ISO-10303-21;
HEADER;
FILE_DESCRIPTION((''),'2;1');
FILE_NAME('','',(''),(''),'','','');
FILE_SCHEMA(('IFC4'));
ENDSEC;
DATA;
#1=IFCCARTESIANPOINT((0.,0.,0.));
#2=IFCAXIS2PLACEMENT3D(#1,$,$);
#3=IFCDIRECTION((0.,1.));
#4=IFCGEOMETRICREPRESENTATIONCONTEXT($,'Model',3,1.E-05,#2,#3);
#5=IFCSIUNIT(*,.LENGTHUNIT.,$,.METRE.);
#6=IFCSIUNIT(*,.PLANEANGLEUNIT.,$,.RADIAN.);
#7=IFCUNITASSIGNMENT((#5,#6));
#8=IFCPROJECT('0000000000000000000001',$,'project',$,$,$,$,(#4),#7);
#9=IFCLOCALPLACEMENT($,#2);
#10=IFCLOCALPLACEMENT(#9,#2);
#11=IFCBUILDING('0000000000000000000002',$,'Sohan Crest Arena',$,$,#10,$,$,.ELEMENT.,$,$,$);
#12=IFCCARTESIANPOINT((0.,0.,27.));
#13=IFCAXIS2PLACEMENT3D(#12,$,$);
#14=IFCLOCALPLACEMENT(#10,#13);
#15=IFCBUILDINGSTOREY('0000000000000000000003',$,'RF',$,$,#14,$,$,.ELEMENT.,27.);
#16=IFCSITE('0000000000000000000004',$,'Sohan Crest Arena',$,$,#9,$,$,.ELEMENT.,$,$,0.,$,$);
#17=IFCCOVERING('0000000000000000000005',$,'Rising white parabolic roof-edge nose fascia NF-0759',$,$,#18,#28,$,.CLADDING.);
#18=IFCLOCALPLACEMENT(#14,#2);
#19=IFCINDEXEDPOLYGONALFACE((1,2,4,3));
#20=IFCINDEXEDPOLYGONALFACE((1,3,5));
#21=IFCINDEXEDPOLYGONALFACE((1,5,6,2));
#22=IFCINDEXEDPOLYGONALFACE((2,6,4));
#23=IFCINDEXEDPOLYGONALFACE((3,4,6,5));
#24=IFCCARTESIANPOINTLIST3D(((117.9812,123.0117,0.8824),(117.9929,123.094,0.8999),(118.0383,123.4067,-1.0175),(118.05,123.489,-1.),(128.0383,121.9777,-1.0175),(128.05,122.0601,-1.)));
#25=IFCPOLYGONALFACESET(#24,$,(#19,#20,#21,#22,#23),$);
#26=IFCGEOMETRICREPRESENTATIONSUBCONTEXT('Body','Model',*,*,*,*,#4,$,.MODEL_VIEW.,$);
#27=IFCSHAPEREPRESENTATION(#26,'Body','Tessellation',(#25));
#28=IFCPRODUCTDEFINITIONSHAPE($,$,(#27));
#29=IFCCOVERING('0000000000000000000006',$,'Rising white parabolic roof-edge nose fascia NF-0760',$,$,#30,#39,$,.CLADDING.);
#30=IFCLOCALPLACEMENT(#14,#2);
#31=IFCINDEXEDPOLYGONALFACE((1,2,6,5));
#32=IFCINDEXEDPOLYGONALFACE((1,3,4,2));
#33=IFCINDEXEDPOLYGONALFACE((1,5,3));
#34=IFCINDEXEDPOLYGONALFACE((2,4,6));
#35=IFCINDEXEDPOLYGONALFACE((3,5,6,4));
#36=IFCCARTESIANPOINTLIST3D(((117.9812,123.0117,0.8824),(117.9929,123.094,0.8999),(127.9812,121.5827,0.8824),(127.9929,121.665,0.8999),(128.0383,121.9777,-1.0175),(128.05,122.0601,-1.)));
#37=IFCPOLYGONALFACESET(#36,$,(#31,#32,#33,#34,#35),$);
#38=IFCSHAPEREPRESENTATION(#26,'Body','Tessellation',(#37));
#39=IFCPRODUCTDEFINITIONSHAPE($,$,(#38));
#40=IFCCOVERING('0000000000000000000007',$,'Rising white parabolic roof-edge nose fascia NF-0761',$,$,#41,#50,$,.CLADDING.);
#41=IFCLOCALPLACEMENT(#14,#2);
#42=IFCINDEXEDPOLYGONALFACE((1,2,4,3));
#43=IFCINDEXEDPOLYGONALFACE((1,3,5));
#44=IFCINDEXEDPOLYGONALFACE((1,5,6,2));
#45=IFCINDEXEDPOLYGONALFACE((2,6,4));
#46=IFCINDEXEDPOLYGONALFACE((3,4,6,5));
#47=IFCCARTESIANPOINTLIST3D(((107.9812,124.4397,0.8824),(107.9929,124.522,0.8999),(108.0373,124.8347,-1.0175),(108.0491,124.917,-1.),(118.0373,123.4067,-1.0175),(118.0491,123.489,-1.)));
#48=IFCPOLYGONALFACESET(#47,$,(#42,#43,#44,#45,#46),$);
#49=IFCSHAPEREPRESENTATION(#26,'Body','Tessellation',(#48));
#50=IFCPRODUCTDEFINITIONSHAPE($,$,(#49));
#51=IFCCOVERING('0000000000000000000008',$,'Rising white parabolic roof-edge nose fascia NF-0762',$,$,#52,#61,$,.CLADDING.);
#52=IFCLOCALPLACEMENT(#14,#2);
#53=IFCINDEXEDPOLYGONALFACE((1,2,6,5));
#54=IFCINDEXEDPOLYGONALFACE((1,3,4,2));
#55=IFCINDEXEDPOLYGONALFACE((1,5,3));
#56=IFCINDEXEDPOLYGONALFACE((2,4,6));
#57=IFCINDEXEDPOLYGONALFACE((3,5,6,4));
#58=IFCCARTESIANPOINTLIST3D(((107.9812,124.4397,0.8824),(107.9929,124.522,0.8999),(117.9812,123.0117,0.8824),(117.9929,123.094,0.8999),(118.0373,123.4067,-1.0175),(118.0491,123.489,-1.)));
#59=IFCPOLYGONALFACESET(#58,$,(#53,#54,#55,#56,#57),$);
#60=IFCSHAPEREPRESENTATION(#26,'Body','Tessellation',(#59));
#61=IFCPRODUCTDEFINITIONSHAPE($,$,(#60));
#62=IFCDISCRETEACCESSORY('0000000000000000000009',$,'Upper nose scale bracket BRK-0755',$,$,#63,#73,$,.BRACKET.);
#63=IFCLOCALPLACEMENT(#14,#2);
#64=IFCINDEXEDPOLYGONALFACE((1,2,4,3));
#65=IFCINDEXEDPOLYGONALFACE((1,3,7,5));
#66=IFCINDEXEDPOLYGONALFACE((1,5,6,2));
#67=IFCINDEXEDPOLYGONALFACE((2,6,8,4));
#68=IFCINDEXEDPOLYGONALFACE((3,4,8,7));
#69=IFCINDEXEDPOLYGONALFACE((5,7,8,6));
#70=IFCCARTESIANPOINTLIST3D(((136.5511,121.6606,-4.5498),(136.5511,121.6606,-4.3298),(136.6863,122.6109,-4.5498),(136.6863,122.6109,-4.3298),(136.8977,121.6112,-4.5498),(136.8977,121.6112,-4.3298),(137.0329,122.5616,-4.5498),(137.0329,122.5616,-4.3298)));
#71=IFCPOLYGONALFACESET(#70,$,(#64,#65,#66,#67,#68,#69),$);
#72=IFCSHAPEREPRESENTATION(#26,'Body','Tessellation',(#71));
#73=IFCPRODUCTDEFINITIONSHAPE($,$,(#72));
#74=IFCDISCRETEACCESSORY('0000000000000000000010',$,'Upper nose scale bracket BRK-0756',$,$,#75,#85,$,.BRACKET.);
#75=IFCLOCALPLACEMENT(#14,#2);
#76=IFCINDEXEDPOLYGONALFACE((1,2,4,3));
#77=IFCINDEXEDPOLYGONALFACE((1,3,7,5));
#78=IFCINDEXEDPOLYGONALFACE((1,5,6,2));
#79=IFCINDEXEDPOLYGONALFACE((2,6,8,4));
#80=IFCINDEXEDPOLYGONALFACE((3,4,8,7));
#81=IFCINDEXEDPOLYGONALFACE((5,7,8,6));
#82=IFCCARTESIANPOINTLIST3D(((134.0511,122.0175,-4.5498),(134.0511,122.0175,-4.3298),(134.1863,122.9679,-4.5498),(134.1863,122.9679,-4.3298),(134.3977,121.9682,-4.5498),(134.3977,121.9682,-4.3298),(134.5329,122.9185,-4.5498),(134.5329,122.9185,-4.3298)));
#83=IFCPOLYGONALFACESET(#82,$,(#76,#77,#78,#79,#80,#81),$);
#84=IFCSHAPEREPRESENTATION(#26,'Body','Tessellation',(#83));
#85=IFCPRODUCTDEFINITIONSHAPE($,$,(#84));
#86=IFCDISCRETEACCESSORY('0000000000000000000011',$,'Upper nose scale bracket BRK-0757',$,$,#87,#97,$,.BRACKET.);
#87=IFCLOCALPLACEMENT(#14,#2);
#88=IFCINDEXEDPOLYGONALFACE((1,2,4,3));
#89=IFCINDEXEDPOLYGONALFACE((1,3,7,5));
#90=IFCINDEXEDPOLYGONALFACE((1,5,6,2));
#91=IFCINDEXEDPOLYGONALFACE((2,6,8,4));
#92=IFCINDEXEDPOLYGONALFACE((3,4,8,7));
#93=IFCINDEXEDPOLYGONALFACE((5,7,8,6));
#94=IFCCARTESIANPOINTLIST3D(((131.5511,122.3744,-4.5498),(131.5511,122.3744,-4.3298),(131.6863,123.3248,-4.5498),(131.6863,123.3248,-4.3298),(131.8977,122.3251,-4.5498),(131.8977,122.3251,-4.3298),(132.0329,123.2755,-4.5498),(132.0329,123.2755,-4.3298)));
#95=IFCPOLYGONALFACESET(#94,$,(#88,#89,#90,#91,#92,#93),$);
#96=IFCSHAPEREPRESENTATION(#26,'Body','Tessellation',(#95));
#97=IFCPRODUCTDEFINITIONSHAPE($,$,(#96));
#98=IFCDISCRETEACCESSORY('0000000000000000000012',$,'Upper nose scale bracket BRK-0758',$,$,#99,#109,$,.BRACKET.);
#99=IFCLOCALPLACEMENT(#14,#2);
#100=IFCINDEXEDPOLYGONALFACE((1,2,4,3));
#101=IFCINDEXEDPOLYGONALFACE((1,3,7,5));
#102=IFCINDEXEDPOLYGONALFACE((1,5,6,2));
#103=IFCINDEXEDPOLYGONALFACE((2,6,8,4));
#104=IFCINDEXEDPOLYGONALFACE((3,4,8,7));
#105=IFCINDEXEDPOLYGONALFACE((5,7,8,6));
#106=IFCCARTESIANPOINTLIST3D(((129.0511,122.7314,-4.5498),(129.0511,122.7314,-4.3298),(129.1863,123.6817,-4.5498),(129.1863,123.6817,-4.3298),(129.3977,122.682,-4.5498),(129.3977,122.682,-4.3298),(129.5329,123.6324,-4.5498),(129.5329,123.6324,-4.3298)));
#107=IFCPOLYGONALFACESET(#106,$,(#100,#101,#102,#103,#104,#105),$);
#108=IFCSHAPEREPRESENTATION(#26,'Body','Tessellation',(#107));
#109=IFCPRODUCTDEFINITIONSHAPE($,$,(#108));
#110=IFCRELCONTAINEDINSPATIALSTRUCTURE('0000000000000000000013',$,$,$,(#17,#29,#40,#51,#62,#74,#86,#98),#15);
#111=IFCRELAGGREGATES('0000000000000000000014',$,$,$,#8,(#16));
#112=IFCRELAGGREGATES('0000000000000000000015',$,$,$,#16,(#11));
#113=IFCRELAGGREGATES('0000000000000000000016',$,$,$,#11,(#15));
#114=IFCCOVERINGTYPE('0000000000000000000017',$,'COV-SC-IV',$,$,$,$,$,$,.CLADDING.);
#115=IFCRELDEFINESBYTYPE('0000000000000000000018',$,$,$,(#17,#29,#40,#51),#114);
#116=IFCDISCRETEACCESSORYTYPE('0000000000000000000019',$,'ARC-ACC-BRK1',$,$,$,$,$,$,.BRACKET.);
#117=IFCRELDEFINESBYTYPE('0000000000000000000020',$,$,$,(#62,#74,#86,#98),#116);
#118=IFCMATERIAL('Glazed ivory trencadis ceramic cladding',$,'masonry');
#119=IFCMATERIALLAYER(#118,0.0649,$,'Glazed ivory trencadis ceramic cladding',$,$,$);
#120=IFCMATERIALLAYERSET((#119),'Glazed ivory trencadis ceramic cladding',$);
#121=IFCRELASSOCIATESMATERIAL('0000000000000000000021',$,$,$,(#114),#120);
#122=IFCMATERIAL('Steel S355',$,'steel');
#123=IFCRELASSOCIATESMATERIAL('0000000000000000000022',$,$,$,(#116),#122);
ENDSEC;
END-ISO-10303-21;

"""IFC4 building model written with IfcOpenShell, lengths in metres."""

from ifc_helpers import new_model, si_unit, direction, frame, origin, origin_2d, place, context, subcontext, project, spatial, polyline, rectangle, outline, extrude, material, layer, layer_set, type_object, element, save


model = new_model("IFC4")

# Units and contexts
model_context = context("Model", 3, precision=1e-05, world=origin(), true_north=direction((0.0, 1.0)))
body_context = subcontext(model_context, "Body", "Model", "MODEL_VIEW")
ifc_project = project(units=[si_unit("LENGTHUNIT", "METRE"), si_unit("PLANEANGLEUNIT", "RADIAN")], contexts=[model_context])

# Site, building, storey
site_placement = place(None, origin())
site = spatial("IfcSite", under=ifc_project, at=site_placement, Name="Sohan Crest Arena", CompositionType="ELEMENT", RefElevation=0.0)
building_placement = place(site_placement, origin())
building = spatial("IfcBuilding", under=site, at=building_placement, Name="Sohan Crest Arena", CompositionType="ELEMENT")
storey_placement = place(building_placement, frame((0.0, 0.0, 27.0)))
storey = spatial("IfcBuildingStorey", under=building, at=storey_placement, Name="RF", CompositionType="ELEMENT", Elevation=27.0)

# Shared definitions
ifc_material_1 = material(Name="Steel S355", Category="steel")

# Coverings
ifc_material_2 = material(Name="Glazed ivory trencadis ceramic cladding", Category="masonry")
ifc_layer_1 = layer(ifc_material_2, 0.0649, Name="Glazed ivory trencadis ceramic cladding")
ifc_layer_set_1 = layer_set([ifc_layer_1], Name="Glazed ivory trencadis ceramic cladding")
covering_type_1 = type_object("IfcCoveringType", Name="COV-SC-IV", PredefinedType="CLADDING", material=ifc_layer_set_1)
covering_1_placement = place(storey_placement, frame((128.05, 122.0601, -1.0), z_axis=(0.138437, 0.968797, 0.205591), x_axis=(-0.989944, 0.141459, 0.0)))
element("IfcCovering", 1, at=covering_1_placement, inside=storey, type_object=covering_type_1, Name="Rising white parabolic roof-edge nose fascia NF-0759", PredefinedType="CLADDING", context=body_context, shape_type="SweptSolid", body=[
    extrude(outline(polyline([(0.0, 0.0), (10.1016, 0.0), (10.1023, 1.9414), (0.0, 0.0)])), origin(), (0.0, 0.0, -1.0), 0.085),
])
covering_2_placement = place(storey_placement, frame((128.05, 122.0601, -1.0), z_axis=(0.138437, 0.968797, 0.205591), x_axis=(-0.977644, 0.100508, 0.184688)))
element("IfcCovering", 2, at=covering_2_placement, inside=storey, type_object=covering_type_1, Name="Rising white parabolic roof-edge nose fascia NF-0760", PredefinedType="CLADDING", context=body_context, shape_type="SweptSolid", body=[
    extrude(outline(polyline([(0.0, 0.0), (10.2871, 0.0), (0.367, 1.9064), (0.0, 0.0)])), origin(), (0.0, 0.0, -1.0), 0.085),
])
covering_3_placement = place(storey_placement, frame((118.0491, 123.489, -1.0), z_axis=(0.138346, 0.968824, 0.205523), x_axis=(-0.989958, 0.141364, 0.0)))
element("IfcCovering", 3, at=covering_3_placement, inside=storey, type_object=covering_type_1, Name="Rising white parabolic roof-edge nose fascia NF-0761", PredefinedType="CLADDING", context=body_context, shape_type="SweptSolid", body=[
    extrude(outline(polyline([(0.0, 0.0), (10.1014, 0.0), (10.1012, 1.9413), (0.0, 0.0)])), origin(), (0.0, 0.0, -1.0), 0.085),
])
covering_4_placement = place(storey_placement, frame((118.0491, 123.489, -1.0), z_axis=(0.138346, 0.968824, 0.205523), x_axis=(-0.97765, 0.100423, 0.184707)))
element("IfcCovering", 4, at=covering_4_placement, inside=storey, type_object=covering_type_1, Name="Rising white parabolic roof-edge nose fascia NF-0762", PredefinedType="CLADDING", context=body_context, shape_type="SweptSolid", body=[
    extrude(outline(polyline([(0.0, 0.0), (10.2861, 0.0), (0.3662, 1.9065), (0.0, 0.0)])), origin(), (0.0, 0.0, -1.0), 0.085),
])

# Discrete accessories
discrete_accessory_type = type_object("IfcDiscreteAccessoryType", Name="ARC-ACC-BRK1", PredefinedType="BRACKET", material=ifc_material_1)
for number, where, z_axis, x_axis, name in (
    (5, (136.792, 122.1111, -4.5498), (0.0, 0.0, 1.0), (-0.990024, 0.140901, 0.0), "Upper nose scale bracket BRK-0755"),
    (6, (134.292, 122.468, -4.5498), (0.0, 0.0, 1.0), (-0.990024, 0.140901, 0.0), "Upper nose scale bracket BRK-0756"),
    (7, (131.792, 122.825, -4.5498), (0.0, 0.0, 1.0), (-0.990024, 0.140901, 0.0), "Upper nose scale bracket BRK-0757"),
    (8, (129.292, 123.1819, -4.5498), (0.0, 0.0, 1.0), (-0.990024, 0.140901, 0.0), "Upper nose scale bracket BRK-0758"),
):
    element("IfcDiscreteAccessory", number, at=place(storey_placement, frame(where, z_axis=z_axis, x_axis=x_axis)), inside=storey, type_object=discrete_accessory_type, Name=name, PredefinedType="BRACKET", context=body_context, shape_type="SweptSolid", body=[
        extrude(rectangle(XDim=0.3501, YDim=0.96, at=origin_2d()), origin(), (0.0, 0.0, 1.0), 0.22),
    ])

save(model, "model.ifc")
